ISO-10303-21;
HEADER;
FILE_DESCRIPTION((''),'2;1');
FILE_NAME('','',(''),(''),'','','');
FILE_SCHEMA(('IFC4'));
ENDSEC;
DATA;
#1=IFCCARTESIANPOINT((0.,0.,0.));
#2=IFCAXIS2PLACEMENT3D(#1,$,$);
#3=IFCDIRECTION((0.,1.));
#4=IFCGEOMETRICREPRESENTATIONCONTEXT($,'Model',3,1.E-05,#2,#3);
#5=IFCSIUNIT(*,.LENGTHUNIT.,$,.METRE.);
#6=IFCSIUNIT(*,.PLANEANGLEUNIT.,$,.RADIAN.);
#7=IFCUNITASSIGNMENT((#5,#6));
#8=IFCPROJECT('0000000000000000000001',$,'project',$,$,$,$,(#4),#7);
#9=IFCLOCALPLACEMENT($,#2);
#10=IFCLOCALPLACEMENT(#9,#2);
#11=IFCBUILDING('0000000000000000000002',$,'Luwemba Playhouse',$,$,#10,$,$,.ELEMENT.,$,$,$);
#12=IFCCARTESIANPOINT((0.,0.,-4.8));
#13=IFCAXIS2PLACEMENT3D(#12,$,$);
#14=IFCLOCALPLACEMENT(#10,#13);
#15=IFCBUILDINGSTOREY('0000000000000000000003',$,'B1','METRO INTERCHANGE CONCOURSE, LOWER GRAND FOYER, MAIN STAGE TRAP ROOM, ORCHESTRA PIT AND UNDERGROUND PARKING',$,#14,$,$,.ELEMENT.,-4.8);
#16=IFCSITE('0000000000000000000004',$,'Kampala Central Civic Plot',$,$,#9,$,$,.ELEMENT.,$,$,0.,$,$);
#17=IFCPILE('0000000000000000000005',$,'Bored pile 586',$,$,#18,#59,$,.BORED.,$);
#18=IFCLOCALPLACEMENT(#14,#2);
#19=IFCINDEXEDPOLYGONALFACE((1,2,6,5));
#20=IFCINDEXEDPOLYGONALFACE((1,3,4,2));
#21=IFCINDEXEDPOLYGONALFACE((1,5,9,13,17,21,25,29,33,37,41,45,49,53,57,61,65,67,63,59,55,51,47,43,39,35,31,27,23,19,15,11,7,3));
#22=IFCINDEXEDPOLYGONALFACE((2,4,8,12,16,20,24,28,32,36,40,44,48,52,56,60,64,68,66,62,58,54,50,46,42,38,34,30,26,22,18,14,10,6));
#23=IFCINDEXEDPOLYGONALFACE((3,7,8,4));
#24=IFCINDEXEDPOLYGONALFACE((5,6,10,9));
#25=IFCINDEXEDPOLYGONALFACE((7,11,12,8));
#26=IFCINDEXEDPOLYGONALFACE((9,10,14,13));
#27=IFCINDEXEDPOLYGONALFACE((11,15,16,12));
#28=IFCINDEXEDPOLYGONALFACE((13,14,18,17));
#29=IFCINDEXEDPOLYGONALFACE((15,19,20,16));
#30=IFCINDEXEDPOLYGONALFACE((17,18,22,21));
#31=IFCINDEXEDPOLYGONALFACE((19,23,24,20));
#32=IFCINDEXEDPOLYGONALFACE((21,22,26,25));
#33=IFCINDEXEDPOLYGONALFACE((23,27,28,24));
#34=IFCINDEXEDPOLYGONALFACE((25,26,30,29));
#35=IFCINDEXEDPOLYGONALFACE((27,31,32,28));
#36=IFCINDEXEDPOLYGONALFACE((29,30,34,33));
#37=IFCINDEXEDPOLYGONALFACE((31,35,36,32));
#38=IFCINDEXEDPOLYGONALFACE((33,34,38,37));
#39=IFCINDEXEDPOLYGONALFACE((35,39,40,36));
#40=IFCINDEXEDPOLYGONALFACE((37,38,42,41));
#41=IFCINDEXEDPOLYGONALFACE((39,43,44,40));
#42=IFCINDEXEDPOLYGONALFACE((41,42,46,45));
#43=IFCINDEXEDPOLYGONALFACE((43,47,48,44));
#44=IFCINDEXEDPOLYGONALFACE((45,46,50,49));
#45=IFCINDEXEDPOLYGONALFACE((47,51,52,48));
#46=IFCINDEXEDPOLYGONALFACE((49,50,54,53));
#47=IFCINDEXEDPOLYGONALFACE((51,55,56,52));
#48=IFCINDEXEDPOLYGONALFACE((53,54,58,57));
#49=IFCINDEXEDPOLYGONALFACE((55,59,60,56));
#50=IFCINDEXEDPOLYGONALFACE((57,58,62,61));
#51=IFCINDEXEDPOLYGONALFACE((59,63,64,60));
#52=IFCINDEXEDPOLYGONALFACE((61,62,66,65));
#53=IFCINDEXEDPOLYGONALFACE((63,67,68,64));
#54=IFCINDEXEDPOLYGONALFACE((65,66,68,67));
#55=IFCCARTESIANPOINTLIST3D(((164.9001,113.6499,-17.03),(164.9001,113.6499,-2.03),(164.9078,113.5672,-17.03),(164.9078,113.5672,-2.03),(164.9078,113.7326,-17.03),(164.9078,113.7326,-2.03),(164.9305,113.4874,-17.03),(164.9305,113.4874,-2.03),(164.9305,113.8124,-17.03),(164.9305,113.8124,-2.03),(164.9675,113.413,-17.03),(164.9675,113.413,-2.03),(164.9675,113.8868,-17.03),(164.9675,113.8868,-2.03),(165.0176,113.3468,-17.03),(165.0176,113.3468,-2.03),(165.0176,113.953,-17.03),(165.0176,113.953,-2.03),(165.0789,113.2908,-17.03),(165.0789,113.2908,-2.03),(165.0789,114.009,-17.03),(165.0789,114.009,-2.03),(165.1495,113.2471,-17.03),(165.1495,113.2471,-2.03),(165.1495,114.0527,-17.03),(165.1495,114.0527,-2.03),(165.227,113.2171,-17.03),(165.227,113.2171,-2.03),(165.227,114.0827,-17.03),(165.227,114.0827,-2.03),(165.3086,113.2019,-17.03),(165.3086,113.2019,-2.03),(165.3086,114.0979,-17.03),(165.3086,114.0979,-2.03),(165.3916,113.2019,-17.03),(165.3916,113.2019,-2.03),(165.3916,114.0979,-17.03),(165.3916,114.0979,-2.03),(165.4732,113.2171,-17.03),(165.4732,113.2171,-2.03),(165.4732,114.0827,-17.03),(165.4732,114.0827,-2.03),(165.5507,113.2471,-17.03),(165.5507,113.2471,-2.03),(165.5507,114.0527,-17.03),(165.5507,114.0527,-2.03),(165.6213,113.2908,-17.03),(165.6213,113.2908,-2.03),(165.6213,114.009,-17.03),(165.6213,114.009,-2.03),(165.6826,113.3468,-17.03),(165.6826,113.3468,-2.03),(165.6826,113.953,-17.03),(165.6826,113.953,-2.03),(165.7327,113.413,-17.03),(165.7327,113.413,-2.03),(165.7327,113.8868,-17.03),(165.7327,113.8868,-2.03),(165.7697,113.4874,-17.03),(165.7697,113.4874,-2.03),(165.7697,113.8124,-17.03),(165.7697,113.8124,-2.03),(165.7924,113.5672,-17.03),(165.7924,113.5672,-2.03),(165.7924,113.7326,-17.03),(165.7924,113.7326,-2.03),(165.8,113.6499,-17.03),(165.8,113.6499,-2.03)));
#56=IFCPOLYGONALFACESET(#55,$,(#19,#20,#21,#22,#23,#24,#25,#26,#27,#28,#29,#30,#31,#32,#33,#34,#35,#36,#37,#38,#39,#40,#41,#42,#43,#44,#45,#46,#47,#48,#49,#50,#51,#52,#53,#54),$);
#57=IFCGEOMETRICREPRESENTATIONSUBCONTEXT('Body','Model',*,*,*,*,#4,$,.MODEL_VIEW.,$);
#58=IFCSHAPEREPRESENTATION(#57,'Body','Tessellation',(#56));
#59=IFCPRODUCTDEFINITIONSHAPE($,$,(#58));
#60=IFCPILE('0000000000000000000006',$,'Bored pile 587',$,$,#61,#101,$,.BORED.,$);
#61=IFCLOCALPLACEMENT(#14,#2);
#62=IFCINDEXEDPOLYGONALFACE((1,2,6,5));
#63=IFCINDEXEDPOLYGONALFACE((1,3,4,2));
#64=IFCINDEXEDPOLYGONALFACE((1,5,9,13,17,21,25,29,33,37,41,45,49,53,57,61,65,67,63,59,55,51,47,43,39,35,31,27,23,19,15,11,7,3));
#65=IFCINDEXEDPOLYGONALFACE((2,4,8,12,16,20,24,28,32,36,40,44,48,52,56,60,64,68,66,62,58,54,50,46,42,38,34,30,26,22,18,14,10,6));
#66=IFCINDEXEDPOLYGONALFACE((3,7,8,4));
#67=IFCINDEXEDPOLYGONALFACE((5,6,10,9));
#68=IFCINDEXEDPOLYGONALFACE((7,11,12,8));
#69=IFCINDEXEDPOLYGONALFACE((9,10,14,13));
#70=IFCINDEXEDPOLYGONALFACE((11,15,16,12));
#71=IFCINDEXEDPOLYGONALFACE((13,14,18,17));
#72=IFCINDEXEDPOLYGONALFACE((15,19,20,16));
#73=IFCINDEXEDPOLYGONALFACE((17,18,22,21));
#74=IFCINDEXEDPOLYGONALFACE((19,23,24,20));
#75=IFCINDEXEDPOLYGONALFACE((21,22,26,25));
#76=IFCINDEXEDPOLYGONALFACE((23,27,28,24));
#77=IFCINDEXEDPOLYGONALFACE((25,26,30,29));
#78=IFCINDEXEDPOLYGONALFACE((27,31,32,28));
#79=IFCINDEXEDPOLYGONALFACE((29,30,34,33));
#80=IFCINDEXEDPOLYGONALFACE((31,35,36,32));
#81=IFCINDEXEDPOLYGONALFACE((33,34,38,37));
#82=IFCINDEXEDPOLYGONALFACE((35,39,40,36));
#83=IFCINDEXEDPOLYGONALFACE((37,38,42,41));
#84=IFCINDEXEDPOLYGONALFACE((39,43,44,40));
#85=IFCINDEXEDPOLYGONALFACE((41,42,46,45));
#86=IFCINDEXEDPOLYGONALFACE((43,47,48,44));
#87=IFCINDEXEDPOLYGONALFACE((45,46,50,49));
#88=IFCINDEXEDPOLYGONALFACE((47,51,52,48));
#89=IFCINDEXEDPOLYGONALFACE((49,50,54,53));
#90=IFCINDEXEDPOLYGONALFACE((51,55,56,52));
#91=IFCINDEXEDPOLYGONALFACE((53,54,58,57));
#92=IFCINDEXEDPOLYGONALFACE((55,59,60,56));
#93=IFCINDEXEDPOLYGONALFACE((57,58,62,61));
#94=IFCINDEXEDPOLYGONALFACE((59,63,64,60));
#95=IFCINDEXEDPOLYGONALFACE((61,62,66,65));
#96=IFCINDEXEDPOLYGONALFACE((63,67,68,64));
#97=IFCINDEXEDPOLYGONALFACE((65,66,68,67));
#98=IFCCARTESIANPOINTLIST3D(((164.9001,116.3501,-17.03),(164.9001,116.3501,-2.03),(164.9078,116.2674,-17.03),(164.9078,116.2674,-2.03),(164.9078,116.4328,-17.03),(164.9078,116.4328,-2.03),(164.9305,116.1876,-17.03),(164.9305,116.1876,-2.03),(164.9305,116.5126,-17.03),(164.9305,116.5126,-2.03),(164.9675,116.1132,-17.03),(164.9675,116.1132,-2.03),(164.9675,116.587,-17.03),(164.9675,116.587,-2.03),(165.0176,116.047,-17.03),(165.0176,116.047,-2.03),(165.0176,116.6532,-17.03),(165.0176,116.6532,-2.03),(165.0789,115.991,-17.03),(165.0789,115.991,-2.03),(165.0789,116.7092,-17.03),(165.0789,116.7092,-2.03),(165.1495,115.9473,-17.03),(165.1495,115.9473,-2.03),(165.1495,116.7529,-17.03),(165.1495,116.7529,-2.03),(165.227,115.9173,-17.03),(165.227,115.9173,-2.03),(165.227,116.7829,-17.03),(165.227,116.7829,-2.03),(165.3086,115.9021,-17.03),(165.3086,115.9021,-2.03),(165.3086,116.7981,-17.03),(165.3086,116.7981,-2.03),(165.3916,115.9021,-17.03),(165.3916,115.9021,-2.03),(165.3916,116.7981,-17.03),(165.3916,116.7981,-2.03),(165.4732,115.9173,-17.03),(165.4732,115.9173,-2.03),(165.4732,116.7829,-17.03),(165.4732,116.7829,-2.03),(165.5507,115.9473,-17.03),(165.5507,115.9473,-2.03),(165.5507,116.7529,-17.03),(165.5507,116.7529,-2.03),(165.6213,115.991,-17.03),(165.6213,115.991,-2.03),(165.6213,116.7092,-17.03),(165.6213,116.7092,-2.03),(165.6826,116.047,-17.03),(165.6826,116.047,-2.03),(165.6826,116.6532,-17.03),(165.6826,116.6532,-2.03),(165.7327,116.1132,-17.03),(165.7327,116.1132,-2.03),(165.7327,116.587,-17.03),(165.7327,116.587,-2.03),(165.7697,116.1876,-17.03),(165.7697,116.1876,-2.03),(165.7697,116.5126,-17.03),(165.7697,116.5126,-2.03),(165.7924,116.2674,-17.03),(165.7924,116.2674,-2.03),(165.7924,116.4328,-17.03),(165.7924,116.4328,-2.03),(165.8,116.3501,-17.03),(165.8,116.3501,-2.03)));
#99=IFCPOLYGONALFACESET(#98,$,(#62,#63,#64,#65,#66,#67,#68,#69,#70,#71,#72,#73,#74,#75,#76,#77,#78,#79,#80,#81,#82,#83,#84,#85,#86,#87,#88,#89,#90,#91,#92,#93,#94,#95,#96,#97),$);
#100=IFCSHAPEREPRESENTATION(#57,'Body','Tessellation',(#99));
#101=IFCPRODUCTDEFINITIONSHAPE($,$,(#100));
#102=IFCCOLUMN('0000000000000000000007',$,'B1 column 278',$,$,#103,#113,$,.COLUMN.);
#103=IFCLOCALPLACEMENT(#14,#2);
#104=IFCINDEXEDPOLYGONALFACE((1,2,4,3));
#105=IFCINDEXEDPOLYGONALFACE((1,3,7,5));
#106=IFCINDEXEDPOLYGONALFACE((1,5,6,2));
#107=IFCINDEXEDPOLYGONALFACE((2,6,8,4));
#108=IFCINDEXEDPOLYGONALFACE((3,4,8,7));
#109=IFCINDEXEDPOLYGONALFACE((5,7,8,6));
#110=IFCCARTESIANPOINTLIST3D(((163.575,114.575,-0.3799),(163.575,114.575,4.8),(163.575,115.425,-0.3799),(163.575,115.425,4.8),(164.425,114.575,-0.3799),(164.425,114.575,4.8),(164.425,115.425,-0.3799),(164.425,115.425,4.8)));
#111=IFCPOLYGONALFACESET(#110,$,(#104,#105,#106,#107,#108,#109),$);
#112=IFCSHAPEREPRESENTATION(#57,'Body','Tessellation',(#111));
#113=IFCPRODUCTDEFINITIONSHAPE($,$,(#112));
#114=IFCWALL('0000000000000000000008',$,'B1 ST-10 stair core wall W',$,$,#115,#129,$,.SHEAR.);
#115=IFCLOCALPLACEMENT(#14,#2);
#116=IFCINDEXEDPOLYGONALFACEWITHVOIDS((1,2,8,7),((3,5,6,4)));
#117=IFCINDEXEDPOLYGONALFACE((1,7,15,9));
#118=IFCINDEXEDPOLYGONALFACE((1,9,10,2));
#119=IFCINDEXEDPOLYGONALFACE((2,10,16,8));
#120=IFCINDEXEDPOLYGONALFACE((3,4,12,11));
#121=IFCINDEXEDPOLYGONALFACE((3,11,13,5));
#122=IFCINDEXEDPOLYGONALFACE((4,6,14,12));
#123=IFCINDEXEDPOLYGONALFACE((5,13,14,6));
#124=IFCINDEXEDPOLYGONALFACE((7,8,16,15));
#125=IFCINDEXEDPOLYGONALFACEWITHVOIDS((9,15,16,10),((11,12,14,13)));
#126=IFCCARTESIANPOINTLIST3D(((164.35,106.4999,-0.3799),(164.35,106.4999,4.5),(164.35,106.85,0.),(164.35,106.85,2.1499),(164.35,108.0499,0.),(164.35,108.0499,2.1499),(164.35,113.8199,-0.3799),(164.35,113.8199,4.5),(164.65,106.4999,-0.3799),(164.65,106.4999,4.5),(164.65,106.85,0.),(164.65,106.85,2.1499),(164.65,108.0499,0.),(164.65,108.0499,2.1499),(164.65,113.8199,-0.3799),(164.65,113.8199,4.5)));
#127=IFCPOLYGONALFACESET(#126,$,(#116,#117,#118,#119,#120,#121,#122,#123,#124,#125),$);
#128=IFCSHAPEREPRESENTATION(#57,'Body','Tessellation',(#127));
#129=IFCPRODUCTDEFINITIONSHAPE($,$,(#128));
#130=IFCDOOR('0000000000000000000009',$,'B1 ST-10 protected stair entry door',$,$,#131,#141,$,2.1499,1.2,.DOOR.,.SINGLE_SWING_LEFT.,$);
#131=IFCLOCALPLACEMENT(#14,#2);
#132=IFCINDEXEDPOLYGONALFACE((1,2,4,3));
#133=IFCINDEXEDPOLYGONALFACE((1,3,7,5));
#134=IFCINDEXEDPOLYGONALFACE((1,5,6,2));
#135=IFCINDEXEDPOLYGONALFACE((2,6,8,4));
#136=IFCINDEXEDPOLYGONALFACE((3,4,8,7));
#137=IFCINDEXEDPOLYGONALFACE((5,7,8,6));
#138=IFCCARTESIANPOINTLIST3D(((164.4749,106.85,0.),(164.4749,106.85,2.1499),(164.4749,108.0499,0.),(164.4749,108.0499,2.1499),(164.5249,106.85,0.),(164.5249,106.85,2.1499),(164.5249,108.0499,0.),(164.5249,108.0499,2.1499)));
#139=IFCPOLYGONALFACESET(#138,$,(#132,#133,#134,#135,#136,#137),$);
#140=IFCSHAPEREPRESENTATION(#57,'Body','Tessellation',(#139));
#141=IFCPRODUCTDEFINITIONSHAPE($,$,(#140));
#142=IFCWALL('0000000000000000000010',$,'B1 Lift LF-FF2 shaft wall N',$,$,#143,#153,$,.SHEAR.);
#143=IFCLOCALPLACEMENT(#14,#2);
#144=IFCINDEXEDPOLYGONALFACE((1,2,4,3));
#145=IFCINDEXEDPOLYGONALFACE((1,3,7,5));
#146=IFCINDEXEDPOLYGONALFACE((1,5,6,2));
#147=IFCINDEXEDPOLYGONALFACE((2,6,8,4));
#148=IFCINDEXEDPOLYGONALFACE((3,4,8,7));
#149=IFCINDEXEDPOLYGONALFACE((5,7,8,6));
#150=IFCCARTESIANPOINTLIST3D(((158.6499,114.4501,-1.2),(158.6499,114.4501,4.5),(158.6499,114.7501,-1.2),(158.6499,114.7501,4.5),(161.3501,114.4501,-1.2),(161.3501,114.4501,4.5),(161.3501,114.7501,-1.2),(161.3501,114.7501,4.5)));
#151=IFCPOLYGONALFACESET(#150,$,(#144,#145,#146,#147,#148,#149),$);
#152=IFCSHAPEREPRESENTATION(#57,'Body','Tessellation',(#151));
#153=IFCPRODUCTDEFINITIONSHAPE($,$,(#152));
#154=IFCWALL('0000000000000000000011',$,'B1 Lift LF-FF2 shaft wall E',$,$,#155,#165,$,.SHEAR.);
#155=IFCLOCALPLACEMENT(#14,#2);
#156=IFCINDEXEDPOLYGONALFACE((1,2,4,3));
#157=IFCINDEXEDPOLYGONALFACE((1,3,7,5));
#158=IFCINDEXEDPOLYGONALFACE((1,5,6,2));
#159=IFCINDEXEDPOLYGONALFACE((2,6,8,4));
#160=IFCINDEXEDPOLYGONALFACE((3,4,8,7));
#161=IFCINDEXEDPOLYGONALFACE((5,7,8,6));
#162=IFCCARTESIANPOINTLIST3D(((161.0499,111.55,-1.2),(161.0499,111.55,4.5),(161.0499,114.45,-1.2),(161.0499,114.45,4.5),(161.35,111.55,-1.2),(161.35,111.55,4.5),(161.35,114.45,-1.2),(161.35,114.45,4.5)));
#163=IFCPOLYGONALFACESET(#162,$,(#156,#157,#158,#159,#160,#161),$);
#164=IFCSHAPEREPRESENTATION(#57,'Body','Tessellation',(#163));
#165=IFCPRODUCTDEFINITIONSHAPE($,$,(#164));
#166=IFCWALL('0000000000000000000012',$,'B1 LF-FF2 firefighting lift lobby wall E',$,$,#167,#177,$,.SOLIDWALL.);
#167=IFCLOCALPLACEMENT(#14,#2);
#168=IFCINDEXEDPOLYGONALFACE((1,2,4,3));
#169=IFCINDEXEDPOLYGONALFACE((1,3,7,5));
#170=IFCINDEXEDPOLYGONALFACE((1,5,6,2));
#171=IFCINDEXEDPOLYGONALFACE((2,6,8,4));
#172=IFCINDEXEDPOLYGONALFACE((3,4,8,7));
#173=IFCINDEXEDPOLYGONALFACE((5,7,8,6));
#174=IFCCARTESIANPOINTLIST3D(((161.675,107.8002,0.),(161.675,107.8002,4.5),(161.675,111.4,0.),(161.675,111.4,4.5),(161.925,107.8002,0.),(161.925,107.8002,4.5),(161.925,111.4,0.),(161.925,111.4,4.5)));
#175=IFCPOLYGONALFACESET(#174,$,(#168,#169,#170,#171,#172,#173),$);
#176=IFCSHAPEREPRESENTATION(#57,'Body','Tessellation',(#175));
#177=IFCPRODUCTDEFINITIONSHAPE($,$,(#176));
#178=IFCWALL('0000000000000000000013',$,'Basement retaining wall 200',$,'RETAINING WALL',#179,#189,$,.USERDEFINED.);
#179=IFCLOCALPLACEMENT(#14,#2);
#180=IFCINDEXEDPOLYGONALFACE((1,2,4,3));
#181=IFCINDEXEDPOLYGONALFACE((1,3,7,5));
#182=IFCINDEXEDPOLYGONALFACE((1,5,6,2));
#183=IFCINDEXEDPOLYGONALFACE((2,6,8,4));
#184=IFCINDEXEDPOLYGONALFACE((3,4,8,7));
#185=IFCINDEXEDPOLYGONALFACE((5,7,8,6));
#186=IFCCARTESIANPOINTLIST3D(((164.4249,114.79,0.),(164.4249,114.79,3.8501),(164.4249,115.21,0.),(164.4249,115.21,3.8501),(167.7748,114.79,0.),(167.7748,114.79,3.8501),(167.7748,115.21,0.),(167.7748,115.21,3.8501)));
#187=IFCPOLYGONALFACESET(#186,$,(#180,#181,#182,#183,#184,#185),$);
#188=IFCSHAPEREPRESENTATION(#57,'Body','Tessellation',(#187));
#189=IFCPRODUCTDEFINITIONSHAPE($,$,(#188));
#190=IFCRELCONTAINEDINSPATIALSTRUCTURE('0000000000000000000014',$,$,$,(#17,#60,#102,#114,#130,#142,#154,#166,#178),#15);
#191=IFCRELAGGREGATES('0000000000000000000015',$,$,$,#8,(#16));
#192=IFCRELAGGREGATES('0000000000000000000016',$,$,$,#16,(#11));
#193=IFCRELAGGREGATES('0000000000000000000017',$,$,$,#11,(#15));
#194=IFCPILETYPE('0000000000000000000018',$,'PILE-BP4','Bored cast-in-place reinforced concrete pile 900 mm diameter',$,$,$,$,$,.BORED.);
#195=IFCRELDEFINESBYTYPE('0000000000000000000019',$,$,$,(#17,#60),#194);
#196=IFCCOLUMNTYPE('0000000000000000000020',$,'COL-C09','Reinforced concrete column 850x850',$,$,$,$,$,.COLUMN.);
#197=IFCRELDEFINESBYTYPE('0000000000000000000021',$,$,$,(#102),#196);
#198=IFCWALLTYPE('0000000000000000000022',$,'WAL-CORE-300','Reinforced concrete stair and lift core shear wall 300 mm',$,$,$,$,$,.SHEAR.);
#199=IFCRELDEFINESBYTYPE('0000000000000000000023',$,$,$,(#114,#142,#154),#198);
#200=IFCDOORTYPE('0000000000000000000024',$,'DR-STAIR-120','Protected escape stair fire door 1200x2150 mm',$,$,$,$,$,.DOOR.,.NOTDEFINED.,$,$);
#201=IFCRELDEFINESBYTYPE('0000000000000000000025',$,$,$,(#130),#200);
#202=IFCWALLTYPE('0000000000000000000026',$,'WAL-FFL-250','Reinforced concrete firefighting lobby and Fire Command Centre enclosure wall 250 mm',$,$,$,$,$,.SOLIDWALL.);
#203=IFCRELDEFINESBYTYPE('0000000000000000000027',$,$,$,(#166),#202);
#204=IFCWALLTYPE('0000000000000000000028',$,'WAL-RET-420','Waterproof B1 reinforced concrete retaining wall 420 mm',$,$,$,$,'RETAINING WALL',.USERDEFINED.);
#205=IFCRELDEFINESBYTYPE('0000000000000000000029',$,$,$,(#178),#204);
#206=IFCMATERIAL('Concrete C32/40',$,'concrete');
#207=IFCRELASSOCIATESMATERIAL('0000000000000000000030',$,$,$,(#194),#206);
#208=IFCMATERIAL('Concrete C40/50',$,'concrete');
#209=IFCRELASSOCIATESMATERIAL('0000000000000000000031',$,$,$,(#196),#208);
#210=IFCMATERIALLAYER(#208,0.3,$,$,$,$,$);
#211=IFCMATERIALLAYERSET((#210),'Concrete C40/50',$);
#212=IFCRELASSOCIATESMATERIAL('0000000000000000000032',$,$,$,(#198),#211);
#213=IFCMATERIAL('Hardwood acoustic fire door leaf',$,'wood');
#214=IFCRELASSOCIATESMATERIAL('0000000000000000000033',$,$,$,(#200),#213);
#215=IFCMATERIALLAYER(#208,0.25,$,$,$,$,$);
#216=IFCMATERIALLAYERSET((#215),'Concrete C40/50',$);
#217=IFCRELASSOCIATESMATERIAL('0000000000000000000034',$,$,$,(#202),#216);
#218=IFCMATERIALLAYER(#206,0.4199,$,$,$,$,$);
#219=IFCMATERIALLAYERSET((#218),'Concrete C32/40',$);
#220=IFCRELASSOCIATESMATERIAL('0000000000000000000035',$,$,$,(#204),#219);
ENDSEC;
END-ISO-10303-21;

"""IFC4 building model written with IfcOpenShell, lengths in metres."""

from ifc_helpers import new_model, si_unit, direction, frame, frame_2d, origin, origin_2d, place, context, subcontext, project, spatial, rectangle, circle, extrude, material, layer, layer_set, material_profile, profile_set, type_object, element, fill, save


model = new_model("IFC4")

# Units and contexts
model_context = context("Model", 3, precision=1e-05, world=origin(), true_north=direction((0.0, 1.0)))
body_context = subcontext(model_context, "Body", "Model", "MODEL_VIEW")
ifc_project = project(units=[si_unit("LENGTHUNIT", "METRE"), si_unit("PLANEANGLEUNIT", "RADIAN")], contexts=[model_context])

# Site, building, storey
site_placement = place(None, origin())
site = spatial("IfcSite", under=ifc_project, at=site_placement, Name="Kampala Central Civic Plot", CompositionType="ELEMENT", RefElevation=0.0)
building_placement = place(site_placement, origin())
building = spatial("IfcBuilding", under=site, at=building_placement, Name="Luwemba Playhouse", CompositionType="ELEMENT")
storey_placement = place(building_placement, frame((0.0, 0.0, -4.8)))
storey = spatial("IfcBuildingStorey", under=building, at=storey_placement, Name="B1", Description="METRO INTERCHANGE CONCOURSE, LOWER GRAND FOYER, MAIN STAGE TRAP ROOM, ORCHESTRA PIT AND UNDERGROUND PARKING", CompositionType="ELEMENT", Elevation=-4.8)

# Shared definitions
ifc_material_1 = material(Name="Concrete C32/40", Category="concrete")

# Piles
ifc_material_profile_1 = material_profile(ifc_material_1, circle(Radius=0.45, at=origin_2d()))
ifc_profile_set_1 = profile_set([ifc_material_profile_1], Name="Concrete C32/40")
pile_type = type_object("IfcPileType", Name="PILE-BP4", Description="Bored cast-in-place reinforced concrete pile 900 mm diameter", PredefinedType="BORED", material=ifc_profile_set_1)
for number, where, z_axis, x_axis, name in (
    (1, (165.3501, 113.6499, -2.03), (0.0, 0.0, -1.0), (1.0, 0.0, 0.0), "Bored pile 586"),
    (2, (165.3501, 116.3501, -2.03), (0.0, 0.0, -1.0), (1.0, 0.0, 0.0), "Bored pile 587"),
):
    element("IfcPile", number, at=place(storey_placement, frame(where, z_axis=z_axis, x_axis=x_axis)), inside=storey, type_object=pile_type, Name=name, PredefinedType="BORED", context=body_context, shape_type="SweptSolid", body=[
        extrude(circle(Radius=0.45, at=origin_2d()), origin(), (0.0, 0.0, 1.0), 15.0),
    ])

# Column
ifc_material_2 = material(Name="Concrete C40/50", Category="concrete")
ifc_material_profile_2 = material_profile(ifc_material_2, rectangle(XDim=0.8501, YDim=0.8501, at=origin_2d()))
ifc_profile_set_2 = profile_set([ifc_material_profile_2], Name="Concrete C40/50")
column_type = type_object("IfcColumnType", Name="COL-C09", Description="Reinforced concrete column 850x850", PredefinedType="COLUMN", material=ifc_profile_set_2)
column_placement = place(storey_placement, frame((164.0, 115.0, -0.3799), z_axis=(0.0, 0.0, 1.0), x_axis=(1.0, 0.0, 0.0)))
element("IfcColumn", 3, at=column_placement, inside=storey, type_object=column_type, Name="B1 column 278", PredefinedType="COLUMN", context=body_context, shape_type="SweptSolid", body=[
    extrude(rectangle(XDim=0.8501, YDim=0.8501, at=origin_2d()), origin(), (0.0, 0.0, 1.0), 5.1799),
])

# Wall, opening, door
ifc_layer_1 = layer(ifc_material_2, 0.3)
ifc_layer_set_1 = layer_set([ifc_layer_1], Name="Concrete C40/50")
wall_type_1 = type_object("IfcWallType", Name="WAL-CORE-300", Description="Reinforced concrete stair and lift core shear wall 300 mm", PredefinedType="SHEAR", material=ifc_layer_set_1)
wall_1_placement = place(storey_placement, frame((164.5, 113.8201, -0.3799), z_axis=(0.0, 0.0, 1.0), x_axis=(0.0, -1.0, 0.0)))
wall_1 = element("IfcWall", 4, at=wall_1_placement, inside=storey, type_object=wall_type_1, Name="B1 ST-10 stair core wall W", PredefinedType="SHEAR", context=body_context, shape_type="SweptSolid", body=[
    extrude(rectangle(XDim=7.3201, YDim=0.3, at=frame_2d((3.6602, 0.0))), origin(), (0.0, 0.0, 1.0), 4.8799),
])
opening_1_placement = place(wall_1_placement, frame((5.77, 0.0, 0.3799)))
opening_1 = element("IfcOpeningElement", 5, at=opening_1_placement, cuts=wall_1, PredefinedType="OPENING", context=body_context, shape_type="SweptSolid", body=[
    extrude(rectangle(XDim=1.2, YDim=2.1499, at=frame_2d((0.6001, 1.075))), frame((0.0, 0.1599, 0.0), z_axis=(0.0, -1.0, 0.0), x_axis=(1.0, 0.0, 0.0)), (0.0, 0.0, 1.0), 0.3201),
])
ifc_material_3 = material(Name="Hardwood acoustic fire door leaf", Category="wood")
door_type_1 = type_object("IfcDoorType", Name="DR-STAIR-120", Description="Protected escape stair fire door 1200x2150 mm", OperationType="NOTDEFINED", PredefinedType="DOOR", material=ifc_material_3)
door_1_placement = place(opening_1_placement, origin())
door_1 = element("IfcDoor", 6, at=door_1_placement, inside=storey, type_object=door_type_1, Name="B1 ST-10 protected stair entry door", OperationType="SINGLE_SWING_LEFT", OverallHeight=2.1499, OverallWidth=1.2, PredefinedType="DOOR", context=body_context, shape_type="SweptSolid", body=[
    extrude(rectangle(XDim=1.2, YDim=2.1499, at=frame_2d((0.6001, 1.075))), frame((0.0, 0.0249, 0.0), z_axis=(0.0, -1.0, 0.0), x_axis=(1.0, 0.0, 0.0)), (0.0, 0.0, 1.0), 0.05),
])
fill(opening_1, door_1)

# Walls
wall_2_placement = place(storey_placement, frame((161.3501, 114.6001, -1.2), z_axis=(0.0, 0.0, 1.0), x_axis=(-1.0, 0.0, 0.0)))
element("IfcWall", 7, at=wall_2_placement, inside=storey, type_object=wall_type_1, Name="B1 Lift LF-FF2 shaft wall N", PredefinedType="SHEAR", context=body_context, shape_type="SweptSolid", body=[
    extrude(rectangle(XDim=2.7002, YDim=0.3, at=frame_2d((1.3501, 0.0))), origin(), (0.0, 0.0, 1.0), 5.7),
])
wall_3_placement = place(storey_placement, frame((161.2, 114.45, -1.2), z_axis=(0.0, 0.0, 1.0), x_axis=(0.0, -1.0, 0.0)))
element("IfcWall", 8, at=wall_3_placement, inside=storey, type_object=wall_type_1, Name="B1 Lift LF-FF2 shaft wall E", PredefinedType="SHEAR", context=body_context, shape_type="SweptSolid", body=[
    extrude(rectangle(XDim=2.8999, YDim=0.3, at=frame_2d((1.45, 0.0))), origin(), (0.0, 0.0, 1.0), 5.7),
])

# Shared definitions
ifc_layer_2 = layer(ifc_material_2, 0.25)
ifc_layer_set_2 = layer_set([ifc_layer_2], Name="Concrete C40/50")
wall_type_2 = type_object("IfcWallType", Name="WAL-FFL-250", Description="Reinforced concrete firefighting lobby and Fire Command Centre enclosure wall 250 mm", PredefinedType="SOLIDWALL", material=ifc_layer_set_2)

# Walls
wall_4_placement = place(storey_placement, frame((161.8, 111.3999, 0.0), z_axis=(0.0, 0.0, 1.0), x_axis=(0.0, -1.0, 0.0)))
element("IfcWall", 9, at=wall_4_placement, inside=storey, type_object=wall_type_2, Name="B1 LF-FF2 firefighting lift lobby wall E", PredefinedType="SOLIDWALL", context=body_context, shape_type="SweptSolid", body=[
    extrude(rectangle(XDim=3.5999, YDim=0.25, at=frame_2d((1.7998, 0.0))), origin(), (0.0, 0.0, 1.0), 4.5),
])
ifc_layer_3 = layer(ifc_material_1, 0.4199)
ifc_layer_set_3 = layer_set([ifc_layer_3], Name="Concrete C32/40")
wall_type_3 = type_object("IfcWallType", Name="WAL-RET-420", Description="Waterproof B1 reinforced concrete retaining wall 420 mm", ElementType="RETAINING WALL", PredefinedType="USERDEFINED", material=ifc_layer_set_3)
wall_5_placement = place(storey_placement, frame((164.425, 115.0, 0.0), z_axis=(0.0, 0.0, 1.0), x_axis=(1.0, 0.0, 0.0)))
element("IfcWall", 10, at=wall_5_placement, inside=storey, type_object=wall_type_3, Name="Basement retaining wall 200", ObjectType="RETAINING WALL", PredefinedType="USERDEFINED", context=body_context, shape_type="SweptSolid", body=[
    extrude(rectangle(XDim=3.3499, YDim=0.4199, at=frame_2d((1.6748, 0.0))), origin(), (0.0, 0.0, 1.0), 3.8501),
])

save(model, "model.ifc")
